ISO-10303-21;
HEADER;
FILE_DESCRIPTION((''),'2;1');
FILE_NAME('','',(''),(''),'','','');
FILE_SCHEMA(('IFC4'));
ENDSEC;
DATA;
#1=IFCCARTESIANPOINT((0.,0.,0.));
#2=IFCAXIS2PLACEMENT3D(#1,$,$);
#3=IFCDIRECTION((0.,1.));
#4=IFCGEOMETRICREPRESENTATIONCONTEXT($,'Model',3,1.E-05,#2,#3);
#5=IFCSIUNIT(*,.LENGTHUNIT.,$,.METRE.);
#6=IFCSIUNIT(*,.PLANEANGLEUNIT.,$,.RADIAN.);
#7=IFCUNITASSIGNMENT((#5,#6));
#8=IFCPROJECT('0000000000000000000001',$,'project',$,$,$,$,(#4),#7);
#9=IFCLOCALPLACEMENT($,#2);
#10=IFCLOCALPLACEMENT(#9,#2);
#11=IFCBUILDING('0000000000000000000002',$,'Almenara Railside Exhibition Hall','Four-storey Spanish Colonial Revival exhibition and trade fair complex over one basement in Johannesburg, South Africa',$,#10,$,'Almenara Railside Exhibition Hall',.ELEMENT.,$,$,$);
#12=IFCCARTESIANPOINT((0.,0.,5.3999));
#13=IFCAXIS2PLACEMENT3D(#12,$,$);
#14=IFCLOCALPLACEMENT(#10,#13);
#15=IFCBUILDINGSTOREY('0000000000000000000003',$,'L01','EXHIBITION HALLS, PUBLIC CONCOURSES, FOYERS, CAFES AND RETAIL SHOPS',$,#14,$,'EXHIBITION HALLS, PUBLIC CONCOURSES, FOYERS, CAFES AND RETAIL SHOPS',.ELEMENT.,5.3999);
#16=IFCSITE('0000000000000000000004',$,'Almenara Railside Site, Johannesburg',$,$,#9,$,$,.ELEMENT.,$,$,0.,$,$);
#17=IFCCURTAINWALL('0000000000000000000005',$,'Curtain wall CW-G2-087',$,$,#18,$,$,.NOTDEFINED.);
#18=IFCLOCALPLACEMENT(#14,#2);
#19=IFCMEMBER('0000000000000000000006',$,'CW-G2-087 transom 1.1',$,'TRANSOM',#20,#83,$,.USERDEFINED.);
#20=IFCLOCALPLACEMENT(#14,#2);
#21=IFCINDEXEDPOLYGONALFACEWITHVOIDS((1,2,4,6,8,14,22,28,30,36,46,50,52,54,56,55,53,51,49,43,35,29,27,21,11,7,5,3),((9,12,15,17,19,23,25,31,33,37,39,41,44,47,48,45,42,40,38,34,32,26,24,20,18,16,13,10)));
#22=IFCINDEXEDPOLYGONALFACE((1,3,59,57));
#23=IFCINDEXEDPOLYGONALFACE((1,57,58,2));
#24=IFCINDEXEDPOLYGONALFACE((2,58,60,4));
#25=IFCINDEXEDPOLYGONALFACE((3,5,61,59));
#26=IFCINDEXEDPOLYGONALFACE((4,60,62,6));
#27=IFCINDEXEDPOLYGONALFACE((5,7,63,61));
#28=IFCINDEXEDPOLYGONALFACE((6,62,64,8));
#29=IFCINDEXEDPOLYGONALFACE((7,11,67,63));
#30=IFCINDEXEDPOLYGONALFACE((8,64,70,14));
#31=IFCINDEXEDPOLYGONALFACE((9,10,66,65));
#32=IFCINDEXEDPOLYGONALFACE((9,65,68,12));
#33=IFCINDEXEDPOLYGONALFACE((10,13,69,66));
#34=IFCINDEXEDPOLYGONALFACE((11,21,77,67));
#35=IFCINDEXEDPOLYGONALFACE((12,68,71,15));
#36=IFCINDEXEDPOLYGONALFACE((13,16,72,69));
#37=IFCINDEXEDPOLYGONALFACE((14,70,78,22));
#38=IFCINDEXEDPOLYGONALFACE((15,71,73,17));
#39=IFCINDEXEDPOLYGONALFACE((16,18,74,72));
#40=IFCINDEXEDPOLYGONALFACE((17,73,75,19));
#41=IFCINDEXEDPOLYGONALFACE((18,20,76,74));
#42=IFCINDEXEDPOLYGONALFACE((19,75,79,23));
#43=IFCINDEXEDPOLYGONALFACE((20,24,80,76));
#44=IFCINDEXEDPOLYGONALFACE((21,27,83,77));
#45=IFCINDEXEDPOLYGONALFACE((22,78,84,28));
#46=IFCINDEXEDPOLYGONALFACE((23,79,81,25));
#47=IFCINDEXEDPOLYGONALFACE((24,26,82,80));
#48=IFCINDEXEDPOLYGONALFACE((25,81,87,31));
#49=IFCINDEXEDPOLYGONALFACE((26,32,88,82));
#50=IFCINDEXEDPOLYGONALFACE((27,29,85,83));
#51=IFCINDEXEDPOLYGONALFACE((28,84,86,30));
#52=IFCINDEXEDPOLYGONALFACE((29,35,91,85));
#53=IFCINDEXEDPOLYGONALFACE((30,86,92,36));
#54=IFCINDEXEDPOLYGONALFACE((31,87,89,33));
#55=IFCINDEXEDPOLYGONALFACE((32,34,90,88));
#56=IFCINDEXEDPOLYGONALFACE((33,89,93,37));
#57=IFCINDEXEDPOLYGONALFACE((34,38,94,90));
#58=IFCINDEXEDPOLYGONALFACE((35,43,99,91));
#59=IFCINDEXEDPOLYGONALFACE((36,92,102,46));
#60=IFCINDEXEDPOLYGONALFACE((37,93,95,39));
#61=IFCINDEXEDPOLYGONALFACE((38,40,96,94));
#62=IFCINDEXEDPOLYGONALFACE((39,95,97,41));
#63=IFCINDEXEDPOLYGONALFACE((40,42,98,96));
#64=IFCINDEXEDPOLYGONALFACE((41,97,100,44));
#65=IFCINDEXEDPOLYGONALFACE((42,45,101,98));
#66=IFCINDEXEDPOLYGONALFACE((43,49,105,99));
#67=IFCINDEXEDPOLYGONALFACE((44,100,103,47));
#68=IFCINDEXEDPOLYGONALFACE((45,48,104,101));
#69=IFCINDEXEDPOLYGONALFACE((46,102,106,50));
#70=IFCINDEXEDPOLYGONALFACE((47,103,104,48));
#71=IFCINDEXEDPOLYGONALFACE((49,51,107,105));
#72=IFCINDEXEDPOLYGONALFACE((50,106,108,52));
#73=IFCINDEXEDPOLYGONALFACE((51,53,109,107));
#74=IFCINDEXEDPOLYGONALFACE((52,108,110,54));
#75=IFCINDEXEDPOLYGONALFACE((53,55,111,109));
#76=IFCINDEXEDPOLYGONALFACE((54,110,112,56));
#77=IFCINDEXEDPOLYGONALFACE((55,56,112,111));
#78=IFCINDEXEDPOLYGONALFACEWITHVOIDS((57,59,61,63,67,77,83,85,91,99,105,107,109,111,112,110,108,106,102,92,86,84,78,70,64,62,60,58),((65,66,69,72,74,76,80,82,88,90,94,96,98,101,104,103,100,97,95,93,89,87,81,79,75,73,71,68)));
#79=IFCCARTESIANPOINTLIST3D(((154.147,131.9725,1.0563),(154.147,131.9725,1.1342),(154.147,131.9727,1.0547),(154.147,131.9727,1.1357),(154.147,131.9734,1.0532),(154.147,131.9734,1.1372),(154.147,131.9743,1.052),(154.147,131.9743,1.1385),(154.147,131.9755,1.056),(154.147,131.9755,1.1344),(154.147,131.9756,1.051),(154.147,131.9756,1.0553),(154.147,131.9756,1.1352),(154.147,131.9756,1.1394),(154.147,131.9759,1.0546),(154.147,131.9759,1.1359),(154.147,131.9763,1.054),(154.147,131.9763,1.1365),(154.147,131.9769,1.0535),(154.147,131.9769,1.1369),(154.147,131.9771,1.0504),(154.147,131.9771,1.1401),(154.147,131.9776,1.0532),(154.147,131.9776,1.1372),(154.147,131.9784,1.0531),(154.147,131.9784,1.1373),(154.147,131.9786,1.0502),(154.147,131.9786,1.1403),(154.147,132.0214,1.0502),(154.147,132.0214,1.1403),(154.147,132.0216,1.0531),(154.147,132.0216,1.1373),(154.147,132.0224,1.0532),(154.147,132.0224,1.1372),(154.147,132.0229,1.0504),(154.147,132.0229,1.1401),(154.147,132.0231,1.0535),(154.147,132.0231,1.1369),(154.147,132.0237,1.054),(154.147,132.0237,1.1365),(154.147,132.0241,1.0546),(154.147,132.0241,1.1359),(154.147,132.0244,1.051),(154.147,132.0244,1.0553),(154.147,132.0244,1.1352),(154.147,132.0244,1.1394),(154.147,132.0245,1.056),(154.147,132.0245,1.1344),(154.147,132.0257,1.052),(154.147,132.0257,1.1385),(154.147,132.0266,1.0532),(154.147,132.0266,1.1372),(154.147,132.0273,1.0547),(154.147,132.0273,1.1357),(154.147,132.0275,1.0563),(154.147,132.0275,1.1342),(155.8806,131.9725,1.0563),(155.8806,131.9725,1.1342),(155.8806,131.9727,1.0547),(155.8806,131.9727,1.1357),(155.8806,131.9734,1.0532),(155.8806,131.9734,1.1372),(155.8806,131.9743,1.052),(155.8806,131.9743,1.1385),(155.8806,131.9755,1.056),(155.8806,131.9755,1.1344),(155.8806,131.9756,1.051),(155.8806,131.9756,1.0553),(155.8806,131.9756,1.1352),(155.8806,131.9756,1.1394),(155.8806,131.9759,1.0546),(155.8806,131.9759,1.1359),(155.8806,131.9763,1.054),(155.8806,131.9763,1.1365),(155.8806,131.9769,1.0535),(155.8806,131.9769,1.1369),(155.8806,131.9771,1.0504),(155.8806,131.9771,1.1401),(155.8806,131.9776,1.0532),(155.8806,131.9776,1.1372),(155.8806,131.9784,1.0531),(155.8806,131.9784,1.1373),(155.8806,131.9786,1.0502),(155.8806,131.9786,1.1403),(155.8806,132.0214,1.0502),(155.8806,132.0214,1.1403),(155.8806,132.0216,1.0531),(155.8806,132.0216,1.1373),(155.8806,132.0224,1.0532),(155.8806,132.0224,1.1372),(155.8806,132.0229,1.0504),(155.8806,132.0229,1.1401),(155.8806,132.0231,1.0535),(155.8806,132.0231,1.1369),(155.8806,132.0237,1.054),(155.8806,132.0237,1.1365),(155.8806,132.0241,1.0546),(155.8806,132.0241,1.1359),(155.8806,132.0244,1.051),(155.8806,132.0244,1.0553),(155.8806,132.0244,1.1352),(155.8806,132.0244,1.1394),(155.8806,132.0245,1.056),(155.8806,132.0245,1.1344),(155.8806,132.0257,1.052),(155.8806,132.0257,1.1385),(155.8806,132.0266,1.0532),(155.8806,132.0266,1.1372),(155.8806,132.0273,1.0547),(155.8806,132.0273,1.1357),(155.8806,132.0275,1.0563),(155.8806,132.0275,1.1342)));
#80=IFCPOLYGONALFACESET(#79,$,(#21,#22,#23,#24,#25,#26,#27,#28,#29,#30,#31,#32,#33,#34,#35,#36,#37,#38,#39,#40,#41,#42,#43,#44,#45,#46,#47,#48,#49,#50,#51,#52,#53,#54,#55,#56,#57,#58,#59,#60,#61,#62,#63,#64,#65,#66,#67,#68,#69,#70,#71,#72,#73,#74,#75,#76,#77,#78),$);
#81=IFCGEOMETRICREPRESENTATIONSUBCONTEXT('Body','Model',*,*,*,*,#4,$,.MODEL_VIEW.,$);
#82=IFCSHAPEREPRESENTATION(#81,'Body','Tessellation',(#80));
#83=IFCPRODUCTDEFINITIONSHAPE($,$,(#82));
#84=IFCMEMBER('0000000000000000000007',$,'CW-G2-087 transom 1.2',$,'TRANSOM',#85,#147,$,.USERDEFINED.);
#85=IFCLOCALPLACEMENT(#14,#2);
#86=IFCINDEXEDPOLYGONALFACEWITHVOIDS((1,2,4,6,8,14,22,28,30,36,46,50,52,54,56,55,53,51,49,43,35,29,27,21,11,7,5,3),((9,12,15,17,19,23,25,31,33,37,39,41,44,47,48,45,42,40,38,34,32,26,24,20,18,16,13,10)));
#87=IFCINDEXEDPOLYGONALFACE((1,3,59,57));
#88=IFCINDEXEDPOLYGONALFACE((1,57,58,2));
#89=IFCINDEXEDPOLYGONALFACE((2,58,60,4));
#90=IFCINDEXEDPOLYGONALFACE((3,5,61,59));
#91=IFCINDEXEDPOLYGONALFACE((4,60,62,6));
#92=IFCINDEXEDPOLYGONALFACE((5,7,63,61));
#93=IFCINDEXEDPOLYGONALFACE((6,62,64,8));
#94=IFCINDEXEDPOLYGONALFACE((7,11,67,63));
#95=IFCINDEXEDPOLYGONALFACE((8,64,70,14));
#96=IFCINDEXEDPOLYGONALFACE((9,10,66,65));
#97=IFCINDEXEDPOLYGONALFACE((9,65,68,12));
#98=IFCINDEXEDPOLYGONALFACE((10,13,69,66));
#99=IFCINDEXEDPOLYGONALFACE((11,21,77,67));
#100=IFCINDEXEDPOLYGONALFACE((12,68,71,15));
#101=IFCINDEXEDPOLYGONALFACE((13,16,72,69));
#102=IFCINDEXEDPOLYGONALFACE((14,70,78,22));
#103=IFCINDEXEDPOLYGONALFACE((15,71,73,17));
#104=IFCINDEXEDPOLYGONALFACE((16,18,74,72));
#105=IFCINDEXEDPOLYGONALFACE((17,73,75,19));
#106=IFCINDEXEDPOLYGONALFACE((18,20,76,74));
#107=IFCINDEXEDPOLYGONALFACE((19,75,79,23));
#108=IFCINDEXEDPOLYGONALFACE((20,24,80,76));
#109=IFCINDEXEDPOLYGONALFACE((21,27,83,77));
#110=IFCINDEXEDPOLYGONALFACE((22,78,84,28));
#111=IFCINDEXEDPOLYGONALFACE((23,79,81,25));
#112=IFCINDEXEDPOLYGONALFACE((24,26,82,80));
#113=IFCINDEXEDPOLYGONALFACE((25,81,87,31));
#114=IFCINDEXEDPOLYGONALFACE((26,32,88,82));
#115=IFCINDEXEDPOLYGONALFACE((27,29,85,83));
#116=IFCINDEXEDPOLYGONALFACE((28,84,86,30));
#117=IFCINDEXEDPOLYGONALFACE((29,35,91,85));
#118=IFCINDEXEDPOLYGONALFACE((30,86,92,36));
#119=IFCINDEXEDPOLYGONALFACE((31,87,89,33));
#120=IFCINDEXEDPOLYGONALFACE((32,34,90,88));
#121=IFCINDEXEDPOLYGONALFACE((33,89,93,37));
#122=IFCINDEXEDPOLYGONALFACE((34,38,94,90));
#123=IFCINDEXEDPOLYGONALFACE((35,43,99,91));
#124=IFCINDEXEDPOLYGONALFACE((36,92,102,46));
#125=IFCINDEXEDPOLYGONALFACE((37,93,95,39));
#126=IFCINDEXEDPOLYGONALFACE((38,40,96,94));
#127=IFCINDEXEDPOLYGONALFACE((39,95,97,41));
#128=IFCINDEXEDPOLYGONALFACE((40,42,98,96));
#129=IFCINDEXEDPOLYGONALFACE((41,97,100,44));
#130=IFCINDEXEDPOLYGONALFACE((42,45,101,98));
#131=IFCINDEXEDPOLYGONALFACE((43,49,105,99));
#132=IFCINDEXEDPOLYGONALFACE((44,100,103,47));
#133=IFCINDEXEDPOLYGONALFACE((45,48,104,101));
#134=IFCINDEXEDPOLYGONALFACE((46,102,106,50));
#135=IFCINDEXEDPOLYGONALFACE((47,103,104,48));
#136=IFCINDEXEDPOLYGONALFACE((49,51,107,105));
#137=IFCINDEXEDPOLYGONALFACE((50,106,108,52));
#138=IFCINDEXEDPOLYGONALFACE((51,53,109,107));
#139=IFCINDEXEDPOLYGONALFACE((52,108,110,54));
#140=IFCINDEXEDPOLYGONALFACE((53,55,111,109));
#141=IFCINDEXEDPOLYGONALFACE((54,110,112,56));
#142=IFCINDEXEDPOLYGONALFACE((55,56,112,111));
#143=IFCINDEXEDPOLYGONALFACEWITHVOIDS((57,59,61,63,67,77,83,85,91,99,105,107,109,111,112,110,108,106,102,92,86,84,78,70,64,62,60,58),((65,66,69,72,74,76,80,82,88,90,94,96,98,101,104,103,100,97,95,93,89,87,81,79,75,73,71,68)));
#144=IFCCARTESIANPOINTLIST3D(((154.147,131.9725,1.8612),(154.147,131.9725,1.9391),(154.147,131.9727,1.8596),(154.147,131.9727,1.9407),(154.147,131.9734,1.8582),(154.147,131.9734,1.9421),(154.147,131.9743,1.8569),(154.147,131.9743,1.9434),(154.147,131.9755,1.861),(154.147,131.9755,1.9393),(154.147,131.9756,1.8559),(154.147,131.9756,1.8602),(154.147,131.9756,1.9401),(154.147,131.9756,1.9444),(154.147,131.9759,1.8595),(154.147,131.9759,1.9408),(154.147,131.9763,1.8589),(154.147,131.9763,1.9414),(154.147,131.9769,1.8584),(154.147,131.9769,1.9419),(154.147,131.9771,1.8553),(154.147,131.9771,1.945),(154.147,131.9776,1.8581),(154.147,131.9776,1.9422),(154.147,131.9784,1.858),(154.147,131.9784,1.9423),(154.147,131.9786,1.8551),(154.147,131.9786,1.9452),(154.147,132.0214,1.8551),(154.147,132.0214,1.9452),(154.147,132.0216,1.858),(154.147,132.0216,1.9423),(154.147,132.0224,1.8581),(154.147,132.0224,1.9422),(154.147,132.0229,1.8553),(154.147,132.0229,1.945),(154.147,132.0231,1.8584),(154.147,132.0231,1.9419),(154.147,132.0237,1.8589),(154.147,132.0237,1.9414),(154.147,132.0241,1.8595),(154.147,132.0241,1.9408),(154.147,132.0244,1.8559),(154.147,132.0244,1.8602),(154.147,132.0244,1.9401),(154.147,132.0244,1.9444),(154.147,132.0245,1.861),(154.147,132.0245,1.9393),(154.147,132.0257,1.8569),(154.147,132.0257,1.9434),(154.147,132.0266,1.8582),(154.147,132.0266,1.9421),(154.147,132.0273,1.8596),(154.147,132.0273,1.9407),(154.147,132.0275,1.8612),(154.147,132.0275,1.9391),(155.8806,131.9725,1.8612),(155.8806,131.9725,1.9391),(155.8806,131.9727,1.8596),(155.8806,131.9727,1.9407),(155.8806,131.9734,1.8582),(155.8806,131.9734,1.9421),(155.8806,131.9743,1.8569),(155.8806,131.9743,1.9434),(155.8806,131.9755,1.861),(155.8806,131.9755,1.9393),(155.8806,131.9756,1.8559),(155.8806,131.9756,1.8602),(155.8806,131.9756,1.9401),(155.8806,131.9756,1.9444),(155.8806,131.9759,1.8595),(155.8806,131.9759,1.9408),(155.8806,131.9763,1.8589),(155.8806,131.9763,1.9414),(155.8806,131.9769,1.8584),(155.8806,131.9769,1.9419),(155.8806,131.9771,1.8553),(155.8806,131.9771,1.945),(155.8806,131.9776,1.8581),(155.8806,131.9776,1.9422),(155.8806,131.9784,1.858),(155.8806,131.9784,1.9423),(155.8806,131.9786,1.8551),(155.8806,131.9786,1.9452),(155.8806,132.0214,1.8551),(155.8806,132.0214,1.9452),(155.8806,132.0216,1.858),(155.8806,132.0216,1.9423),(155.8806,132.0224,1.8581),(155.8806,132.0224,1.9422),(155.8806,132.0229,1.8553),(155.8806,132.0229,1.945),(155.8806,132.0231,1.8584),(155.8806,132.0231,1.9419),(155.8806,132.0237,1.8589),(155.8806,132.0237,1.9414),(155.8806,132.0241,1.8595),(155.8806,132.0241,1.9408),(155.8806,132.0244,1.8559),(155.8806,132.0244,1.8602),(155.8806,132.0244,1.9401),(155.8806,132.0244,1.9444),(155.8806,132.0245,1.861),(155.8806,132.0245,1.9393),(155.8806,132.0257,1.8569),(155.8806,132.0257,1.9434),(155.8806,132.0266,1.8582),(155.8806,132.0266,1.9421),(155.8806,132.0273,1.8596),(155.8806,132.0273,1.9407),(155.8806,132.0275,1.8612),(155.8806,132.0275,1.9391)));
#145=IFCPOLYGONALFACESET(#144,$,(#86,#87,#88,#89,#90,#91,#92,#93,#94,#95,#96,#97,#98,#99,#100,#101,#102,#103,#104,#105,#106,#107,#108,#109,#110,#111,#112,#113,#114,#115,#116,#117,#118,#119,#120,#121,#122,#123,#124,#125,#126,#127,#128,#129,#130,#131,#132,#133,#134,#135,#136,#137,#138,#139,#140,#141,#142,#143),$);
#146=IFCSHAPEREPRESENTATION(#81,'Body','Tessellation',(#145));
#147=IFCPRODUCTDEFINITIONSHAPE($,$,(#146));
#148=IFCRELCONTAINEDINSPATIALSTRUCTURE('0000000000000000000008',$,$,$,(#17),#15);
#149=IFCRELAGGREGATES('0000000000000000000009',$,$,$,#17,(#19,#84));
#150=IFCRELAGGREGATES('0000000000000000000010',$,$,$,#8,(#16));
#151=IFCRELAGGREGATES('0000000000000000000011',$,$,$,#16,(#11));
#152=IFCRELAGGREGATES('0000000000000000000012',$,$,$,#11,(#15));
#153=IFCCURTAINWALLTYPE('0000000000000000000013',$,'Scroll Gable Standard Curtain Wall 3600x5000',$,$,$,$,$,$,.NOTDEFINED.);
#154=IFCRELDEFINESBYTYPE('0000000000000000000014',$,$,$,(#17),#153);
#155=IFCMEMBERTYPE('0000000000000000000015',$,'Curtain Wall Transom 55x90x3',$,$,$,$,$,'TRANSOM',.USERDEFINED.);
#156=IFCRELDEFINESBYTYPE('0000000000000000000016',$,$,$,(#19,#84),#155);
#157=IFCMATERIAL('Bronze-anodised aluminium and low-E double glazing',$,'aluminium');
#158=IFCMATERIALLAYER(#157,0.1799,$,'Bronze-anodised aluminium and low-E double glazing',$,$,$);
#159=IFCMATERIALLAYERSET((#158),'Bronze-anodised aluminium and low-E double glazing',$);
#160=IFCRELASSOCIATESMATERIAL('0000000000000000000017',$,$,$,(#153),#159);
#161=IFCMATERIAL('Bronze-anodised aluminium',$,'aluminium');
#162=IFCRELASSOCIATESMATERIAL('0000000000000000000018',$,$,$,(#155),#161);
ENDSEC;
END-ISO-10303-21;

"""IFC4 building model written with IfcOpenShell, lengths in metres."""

from ifc_helpers import new_model, si_unit, direction, frame, origin, origin_2d, place, context, subcontext, project, spatial, hollow_rectangle, extrude, material, layer, layer_set, material_profile, profile_set, type_object, element, aggregate, save


model = new_model("IFC4")

# Units and contexts
model_context = context("Model", 3, precision=1e-05, world=origin(), true_north=direction((0.0, 1.0)))
body_context = subcontext(model_context, "Body", "Model", "MODEL_VIEW")
ifc_project = project(units=[si_unit("LENGTHUNIT", "METRE"), si_unit("PLANEANGLEUNIT", "RADIAN")], contexts=[model_context])

# Site, building, storey
site_placement = place(None, origin())
site = spatial("IfcSite", under=ifc_project, at=site_placement, Name="Almenara Railside Site, Johannesburg", CompositionType="ELEMENT", RefElevation=0.0)
building_placement = place(site_placement, origin())
building = spatial("IfcBuilding", under=site, at=building_placement, Name="Almenara Railside Exhibition Hall", Description="Four-storey Spanish Colonial Revival exhibition and trade fair complex over one basement in Johannesburg, South Africa", LongName="Almenara Railside Exhibition Hall", CompositionType="ELEMENT")
storey_placement = place(building_placement, frame((0.0, 0.0, 5.3999)))
storey = spatial("IfcBuildingStorey", under=building, at=storey_placement, Name="L01", Description="EXHIBITION HALLS, PUBLIC CONCOURSES, FOYERS, CAFES AND RETAIL SHOPS", LongName="EXHIBITION HALLS, PUBLIC CONCOURSES, FOYERS, CAFES AND RETAIL SHOPS", CompositionType="ELEMENT", Elevation=5.3999)

# Curtain wall
ifc_material_1 = material(Name="Bronze-anodised aluminium and low-E double glazing", Category="aluminium")
ifc_layer_1 = layer(ifc_material_1, 0.1799, Name="Bronze-anodised aluminium and low-E double glazing")
ifc_layer_set_1 = layer_set([ifc_layer_1], Name="Bronze-anodised aluminium and low-E double glazing")
curtain_wall_type = type_object("IfcCurtainWallType", Name="Scroll Gable Standard Curtain Wall 3600x5000", PredefinedType="NOTDEFINED", material=ifc_layer_set_1)
curtain_wall_1_placement = place(storey_placement, origin())
curtain_wall_1 = element("IfcCurtainWall", 1, at=curtain_wall_1_placement, inside=storey, type_object=curtain_wall_type, Name="Curtain wall CW-G2-087", PredefinedType="NOTDEFINED")
ifc_material_2 = material(Name="Bronze-anodised aluminium", Category="aluminium")

# Members
ifc_material_profile_1 = material_profile(ifc_material_2, hollow_rectangle(XDim=0.0549, YDim=0.0901, WallThickness=0.0029, InnerFilletRadius=0.0029, OuterFilletRadius=0.0061, at=origin_2d()), Name="ALU-TRN 55x90x3")
ifc_profile_set_1 = profile_set([ifc_material_profile_1], Name="Bronze-anodised aluminium")
member_type_1 = type_object("IfcMemberType", Name="Curtain Wall Transom 55x90x3", ElementType="TRANSOM", PredefinedType="USERDEFINED", material=ifc_profile_set_1)
member_1_placement = place(storey_placement, frame((154.147, 132.0, 1.0952), z_axis=(1.0, 0.0, 0.0), x_axis=(0.0, 1.0, 0.0)))
member_1 = element("IfcMember", 2, at=member_1_placement, type_object=member_type_1, Name="CW-G2-087 transom 1.1", ObjectType="TRANSOM", PredefinedType="USERDEFINED", context=body_context, shape_type="SweptSolid", body=[
    extrude(hollow_rectangle(XDim=0.0549, YDim=0.0901, WallThickness=0.0029, InnerFilletRadius=0.0029, OuterFilletRadius=0.0061, at=origin_2d()), origin(), (0.0, 0.0, 1.0), 1.7336),
])
member_2_placement = place(storey_placement, frame((154.147, 132.0, 1.9001), z_axis=(1.0, 0.0, 0.0), x_axis=(0.0, 1.0, 0.0)))
member_2 = element("IfcMember", 3, at=member_2_placement, type_object=member_type_1, Name="CW-G2-087 transom 1.2", ObjectType="TRANSOM", PredefinedType="USERDEFINED", context=body_context, shape_type="SweptSolid", body=[
    extrude(hollow_rectangle(XDim=0.0549, YDim=0.0901, WallThickness=0.0029, InnerFilletRadius=0.0029, OuterFilletRadius=0.0061, at=origin_2d()), origin(), (0.0, 0.0, 1.0), 1.7336),
])
aggregate(curtain_wall_1, [member_1, member_2])

save(model, "model.ifc")
